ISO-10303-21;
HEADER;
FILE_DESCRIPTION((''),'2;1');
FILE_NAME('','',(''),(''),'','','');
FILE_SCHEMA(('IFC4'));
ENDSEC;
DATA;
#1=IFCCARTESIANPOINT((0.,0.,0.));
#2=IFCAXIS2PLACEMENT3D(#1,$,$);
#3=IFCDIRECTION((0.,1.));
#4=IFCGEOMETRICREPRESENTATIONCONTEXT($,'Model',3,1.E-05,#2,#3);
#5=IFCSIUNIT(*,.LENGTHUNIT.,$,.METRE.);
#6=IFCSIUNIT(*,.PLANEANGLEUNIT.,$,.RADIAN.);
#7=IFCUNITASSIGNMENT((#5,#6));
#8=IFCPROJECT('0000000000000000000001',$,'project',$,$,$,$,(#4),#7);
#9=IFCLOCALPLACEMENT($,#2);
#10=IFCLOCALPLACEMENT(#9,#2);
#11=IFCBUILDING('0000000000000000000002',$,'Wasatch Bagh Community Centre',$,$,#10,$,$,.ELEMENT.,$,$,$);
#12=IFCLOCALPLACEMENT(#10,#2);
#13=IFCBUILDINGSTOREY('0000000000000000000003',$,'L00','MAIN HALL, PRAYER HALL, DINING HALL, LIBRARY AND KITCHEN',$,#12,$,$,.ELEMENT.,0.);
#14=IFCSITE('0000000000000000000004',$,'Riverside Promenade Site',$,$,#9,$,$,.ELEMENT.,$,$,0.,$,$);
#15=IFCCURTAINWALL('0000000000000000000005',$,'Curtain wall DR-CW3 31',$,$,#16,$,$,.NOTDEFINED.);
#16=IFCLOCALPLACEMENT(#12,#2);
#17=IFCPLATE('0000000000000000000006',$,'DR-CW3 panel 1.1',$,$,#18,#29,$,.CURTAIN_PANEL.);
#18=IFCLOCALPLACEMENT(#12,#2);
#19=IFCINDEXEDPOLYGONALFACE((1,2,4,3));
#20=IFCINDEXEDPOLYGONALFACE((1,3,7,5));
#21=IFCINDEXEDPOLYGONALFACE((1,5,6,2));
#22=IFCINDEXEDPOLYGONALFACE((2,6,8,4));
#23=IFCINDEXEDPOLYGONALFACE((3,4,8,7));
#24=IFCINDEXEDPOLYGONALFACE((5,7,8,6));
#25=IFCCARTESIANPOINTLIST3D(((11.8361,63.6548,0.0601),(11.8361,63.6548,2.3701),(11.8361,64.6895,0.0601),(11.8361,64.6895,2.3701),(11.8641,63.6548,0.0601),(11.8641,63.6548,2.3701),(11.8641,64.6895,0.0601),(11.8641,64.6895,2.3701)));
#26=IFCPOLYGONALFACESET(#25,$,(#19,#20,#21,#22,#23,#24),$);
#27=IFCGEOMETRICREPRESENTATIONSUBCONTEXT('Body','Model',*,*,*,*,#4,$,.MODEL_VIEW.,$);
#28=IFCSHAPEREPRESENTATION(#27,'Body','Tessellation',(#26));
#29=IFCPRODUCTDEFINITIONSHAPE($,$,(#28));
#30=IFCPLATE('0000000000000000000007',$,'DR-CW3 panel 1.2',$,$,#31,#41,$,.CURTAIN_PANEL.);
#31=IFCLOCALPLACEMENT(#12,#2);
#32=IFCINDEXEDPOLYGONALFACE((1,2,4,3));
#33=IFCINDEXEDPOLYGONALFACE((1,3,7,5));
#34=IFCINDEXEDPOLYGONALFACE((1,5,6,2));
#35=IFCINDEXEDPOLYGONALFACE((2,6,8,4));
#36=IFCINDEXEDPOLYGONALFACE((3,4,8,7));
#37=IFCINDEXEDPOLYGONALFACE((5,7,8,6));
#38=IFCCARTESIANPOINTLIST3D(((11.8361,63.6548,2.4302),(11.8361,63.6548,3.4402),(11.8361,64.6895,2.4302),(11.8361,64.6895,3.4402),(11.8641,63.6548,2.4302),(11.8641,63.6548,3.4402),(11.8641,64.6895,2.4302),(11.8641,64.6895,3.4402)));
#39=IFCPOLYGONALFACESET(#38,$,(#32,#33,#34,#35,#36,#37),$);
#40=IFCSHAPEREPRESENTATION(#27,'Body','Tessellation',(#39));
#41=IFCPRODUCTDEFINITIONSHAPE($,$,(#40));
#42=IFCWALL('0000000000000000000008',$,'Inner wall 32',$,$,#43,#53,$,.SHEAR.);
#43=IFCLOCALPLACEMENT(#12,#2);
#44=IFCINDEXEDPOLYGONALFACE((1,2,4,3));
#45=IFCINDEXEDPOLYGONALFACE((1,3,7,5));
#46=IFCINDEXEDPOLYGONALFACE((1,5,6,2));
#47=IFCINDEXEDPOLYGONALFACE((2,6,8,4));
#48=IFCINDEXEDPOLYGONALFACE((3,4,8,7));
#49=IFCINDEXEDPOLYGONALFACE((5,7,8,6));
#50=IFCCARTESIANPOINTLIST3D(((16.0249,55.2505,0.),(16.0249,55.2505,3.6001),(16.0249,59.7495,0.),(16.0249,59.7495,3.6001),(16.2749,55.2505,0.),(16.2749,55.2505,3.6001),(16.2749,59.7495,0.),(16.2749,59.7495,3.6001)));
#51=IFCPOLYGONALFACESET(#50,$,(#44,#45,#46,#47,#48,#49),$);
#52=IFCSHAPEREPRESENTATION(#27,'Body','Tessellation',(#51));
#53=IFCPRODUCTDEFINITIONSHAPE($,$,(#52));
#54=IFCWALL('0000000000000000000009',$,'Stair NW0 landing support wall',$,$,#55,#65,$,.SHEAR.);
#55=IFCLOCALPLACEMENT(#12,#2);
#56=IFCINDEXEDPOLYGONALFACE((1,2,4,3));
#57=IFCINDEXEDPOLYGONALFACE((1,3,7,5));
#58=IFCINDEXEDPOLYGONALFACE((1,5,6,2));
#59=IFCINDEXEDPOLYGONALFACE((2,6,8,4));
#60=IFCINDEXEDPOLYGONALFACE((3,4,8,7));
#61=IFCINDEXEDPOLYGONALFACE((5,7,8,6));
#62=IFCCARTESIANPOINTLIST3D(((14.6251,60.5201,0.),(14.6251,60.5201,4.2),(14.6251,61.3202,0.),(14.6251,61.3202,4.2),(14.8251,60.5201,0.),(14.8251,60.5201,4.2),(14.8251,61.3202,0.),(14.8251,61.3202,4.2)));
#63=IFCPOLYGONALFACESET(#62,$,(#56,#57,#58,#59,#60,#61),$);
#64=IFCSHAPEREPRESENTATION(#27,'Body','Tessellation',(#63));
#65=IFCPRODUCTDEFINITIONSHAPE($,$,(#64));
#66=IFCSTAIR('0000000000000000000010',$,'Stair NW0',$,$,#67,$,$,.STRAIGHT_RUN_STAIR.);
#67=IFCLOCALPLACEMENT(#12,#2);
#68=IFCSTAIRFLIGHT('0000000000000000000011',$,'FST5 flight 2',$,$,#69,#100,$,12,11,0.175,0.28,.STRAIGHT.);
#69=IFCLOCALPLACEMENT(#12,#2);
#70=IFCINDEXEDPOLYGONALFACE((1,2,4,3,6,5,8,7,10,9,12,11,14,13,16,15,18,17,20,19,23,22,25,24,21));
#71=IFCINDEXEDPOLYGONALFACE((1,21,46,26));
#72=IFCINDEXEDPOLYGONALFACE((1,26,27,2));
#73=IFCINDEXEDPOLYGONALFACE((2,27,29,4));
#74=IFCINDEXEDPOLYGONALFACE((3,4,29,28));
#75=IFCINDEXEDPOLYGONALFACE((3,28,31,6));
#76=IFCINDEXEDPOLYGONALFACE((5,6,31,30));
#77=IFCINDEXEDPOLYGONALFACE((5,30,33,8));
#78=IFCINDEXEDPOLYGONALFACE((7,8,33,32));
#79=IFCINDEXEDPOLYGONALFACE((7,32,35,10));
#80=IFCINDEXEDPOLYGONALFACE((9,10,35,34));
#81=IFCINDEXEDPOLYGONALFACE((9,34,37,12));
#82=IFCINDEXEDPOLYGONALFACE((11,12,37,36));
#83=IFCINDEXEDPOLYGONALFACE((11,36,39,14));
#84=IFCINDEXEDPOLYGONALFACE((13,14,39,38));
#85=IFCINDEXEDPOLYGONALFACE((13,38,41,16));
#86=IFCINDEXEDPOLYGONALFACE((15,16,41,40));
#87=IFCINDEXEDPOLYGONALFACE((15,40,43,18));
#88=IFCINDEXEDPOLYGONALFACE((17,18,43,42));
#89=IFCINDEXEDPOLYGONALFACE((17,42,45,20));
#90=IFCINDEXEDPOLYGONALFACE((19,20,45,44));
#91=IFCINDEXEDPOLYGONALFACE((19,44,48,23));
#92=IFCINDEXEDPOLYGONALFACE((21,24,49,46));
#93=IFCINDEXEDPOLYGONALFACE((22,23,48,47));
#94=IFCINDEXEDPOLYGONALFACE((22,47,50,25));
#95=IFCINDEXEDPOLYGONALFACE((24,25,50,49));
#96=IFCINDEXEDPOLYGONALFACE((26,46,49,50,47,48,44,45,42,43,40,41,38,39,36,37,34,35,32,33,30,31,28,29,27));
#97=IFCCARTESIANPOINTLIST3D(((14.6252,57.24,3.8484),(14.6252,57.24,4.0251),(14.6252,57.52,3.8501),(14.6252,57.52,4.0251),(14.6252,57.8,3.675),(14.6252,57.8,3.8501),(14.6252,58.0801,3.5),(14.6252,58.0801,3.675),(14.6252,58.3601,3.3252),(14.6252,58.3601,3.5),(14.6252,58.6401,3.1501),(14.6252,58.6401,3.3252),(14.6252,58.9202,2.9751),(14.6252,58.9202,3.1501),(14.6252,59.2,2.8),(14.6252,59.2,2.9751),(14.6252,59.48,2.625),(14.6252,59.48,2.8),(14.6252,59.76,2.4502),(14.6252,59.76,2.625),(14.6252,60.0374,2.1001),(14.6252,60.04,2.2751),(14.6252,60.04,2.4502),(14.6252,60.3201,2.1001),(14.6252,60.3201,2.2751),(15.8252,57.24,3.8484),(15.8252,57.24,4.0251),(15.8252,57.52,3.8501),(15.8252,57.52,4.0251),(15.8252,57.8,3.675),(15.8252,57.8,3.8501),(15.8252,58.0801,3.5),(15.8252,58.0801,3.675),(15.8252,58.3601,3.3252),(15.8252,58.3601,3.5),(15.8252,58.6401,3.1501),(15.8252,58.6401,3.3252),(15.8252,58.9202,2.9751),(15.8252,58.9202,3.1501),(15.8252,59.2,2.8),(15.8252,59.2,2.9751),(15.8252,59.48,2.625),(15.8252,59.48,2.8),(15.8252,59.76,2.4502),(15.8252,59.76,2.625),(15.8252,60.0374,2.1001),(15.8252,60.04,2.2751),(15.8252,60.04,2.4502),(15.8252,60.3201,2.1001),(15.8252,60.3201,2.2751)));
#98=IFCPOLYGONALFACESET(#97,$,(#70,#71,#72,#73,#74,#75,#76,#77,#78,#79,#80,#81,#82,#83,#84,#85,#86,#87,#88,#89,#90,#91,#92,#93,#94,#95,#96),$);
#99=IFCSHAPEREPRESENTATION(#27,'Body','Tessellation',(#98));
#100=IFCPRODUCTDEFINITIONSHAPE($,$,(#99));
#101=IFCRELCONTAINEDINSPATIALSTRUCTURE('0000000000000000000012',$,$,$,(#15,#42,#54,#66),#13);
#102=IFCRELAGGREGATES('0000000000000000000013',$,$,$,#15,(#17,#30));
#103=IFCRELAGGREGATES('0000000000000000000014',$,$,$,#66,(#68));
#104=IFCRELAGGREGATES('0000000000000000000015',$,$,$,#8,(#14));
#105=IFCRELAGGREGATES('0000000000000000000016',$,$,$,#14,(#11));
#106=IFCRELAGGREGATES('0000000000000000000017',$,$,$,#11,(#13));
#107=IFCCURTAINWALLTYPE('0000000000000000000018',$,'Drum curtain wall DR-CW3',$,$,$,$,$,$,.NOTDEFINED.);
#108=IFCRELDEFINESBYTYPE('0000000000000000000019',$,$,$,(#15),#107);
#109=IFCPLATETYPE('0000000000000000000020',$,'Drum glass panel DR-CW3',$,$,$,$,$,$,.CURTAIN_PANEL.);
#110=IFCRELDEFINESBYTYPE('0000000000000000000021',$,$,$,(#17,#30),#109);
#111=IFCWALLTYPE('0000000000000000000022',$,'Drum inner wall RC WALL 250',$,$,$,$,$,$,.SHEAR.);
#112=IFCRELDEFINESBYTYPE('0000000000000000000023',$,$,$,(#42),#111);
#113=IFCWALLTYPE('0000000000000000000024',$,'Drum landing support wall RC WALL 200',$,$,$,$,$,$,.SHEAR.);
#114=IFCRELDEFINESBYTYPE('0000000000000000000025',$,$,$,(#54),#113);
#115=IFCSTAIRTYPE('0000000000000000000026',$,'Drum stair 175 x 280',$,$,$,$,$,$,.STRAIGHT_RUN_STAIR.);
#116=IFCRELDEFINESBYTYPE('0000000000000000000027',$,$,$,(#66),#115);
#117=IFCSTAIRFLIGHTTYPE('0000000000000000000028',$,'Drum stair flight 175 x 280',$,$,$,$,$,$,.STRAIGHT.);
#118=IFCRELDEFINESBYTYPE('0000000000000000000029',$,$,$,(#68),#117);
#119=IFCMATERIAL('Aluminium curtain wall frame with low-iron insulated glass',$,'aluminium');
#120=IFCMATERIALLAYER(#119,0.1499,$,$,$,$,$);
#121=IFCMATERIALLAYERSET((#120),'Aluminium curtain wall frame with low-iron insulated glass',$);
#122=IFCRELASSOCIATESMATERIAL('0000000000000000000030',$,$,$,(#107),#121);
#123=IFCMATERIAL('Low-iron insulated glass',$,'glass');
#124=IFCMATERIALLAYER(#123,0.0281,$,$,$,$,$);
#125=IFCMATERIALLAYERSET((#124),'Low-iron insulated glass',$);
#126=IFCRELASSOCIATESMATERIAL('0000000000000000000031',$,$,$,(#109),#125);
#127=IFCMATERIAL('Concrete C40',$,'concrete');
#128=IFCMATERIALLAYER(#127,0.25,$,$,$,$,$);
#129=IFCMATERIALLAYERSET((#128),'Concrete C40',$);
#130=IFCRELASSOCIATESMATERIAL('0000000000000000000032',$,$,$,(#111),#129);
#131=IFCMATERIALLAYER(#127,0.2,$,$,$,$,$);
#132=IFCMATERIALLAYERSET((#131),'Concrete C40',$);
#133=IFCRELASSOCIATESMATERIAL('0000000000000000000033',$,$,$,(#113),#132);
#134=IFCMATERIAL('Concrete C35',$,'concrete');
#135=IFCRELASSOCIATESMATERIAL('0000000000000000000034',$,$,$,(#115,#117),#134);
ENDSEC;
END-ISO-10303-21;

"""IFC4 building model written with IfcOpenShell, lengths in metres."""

from ifc_helpers import new_model, si_unit, direction, frame, frame_2d, origin, origin_2d, place, context, subcontext, project, spatial, polyline, rectangle, outline, extrude, material, layer, layer_set, type_object, element, aggregate, save


model = new_model("IFC4")

# Units and contexts
model_context = context("Model", 3, precision=1e-05, world=origin(), true_north=direction((0.0, 1.0)))
body_context = subcontext(model_context, "Body", "Model", "MODEL_VIEW")
ifc_project = project(units=[si_unit("LENGTHUNIT", "METRE"), si_unit("PLANEANGLEUNIT", "RADIAN")], contexts=[model_context])

# Site, building, storey
site_placement = place(None, origin())
site = spatial("IfcSite", under=ifc_project, at=site_placement, Name="Riverside Promenade Site", CompositionType="ELEMENT", RefElevation=0.0)
building_placement = place(site_placement, origin())
building = spatial("IfcBuilding", under=site, at=building_placement, Name="Wasatch Bagh Community Centre", CompositionType="ELEMENT")
storey_placement = place(building_placement, origin())
storey = spatial("IfcBuildingStorey", under=building, at=storey_placement, Name="L00", Description="MAIN HALL, PRAYER HALL, DINING HALL, LIBRARY AND KITCHEN", CompositionType="ELEMENT", Elevation=0.0)

# Shared definitions
ifc_material_1 = material(Name="Concrete C35", Category="concrete")

# Shared definitions
ifc_material_2 = material(Name="Concrete C40", Category="concrete")

# Curtain wall
ifc_material_3 = material(Name="Aluminium curtain wall frame with low-iron insulated glass", Category="aluminium")
ifc_layer_1 = layer(ifc_material_3, 0.1499)
ifc_layer_set_1 = layer_set([ifc_layer_1], Name="Aluminium curtain wall frame with low-iron insulated glass")
curtain_wall_type = type_object("IfcCurtainWallType", Name="Drum curtain wall DR-CW3", PredefinedType="NOTDEFINED", material=ifc_layer_set_1)
curtain_wall_placement = place(storey_placement, origin())
curtain_wall = element("IfcCurtainWall", 1, at=curtain_wall_placement, inside=storey, type_object=curtain_wall_type, Name="Curtain wall DR-CW3 31", PredefinedType="NOTDEFINED")

# Plates
ifc_material_4 = material(Name="Low-iron insulated glass", Category="glass")
ifc_layer_2 = layer(ifc_material_4, 0.0281)
ifc_layer_set_2 = layer_set([ifc_layer_2], Name="Low-iron insulated glass")
plate_type = type_object("IfcPlateType", Name="Drum glass panel DR-CW3", PredefinedType="CURTAIN_PANEL", material=ifc_layer_set_2)
plate_1_placement = place(storey_placement, frame((11.8501, 64.1721, 0.0601), z_axis=(0.0, 0.0, 1.0), x_axis=(0.0, -1.0, 0.0)))
plate_1 = element("IfcPlate", 2, at=plate_1_placement, type_object=plate_type, Name="DR-CW3 panel 1.1", PredefinedType="CURTAIN_PANEL", context=body_context, shape_type="SweptSolid", body=[
    extrude(rectangle(XDim=1.0347, YDim=0.0281, at=origin_2d()), origin(), (0.0, 0.0, 1.0), 2.3101),
])
plate_2_placement = place(storey_placement, frame((11.8501, 64.1721, 2.4302), z_axis=(0.0, 0.0, 1.0), x_axis=(0.0, -1.0, 0.0)))
plate_2 = element("IfcPlate", 3, at=plate_2_placement, type_object=plate_type, Name="DR-CW3 panel 1.2", PredefinedType="CURTAIN_PANEL", context=body_context, shape_type="SweptSolid", body=[
    extrude(rectangle(XDim=1.0347, YDim=0.0281, at=origin_2d()), origin(), (0.0, 0.0, 1.0), 1.01),
])
aggregate(curtain_wall, [plate_1, plate_2])

# Walls
ifc_layer_3 = layer(ifc_material_2, 0.25)
ifc_layer_set_3 = layer_set([ifc_layer_3], Name="Concrete C40")
wall_type_1 = type_object("IfcWallType", Name="Drum inner wall RC WALL 250", PredefinedType="SHEAR", material=ifc_layer_set_3)
wall_1_placement = place(storey_placement, frame((16.1499, 59.7495, 0.0), z_axis=(0.0, 0.0, 1.0), x_axis=(0.0, -1.0, 0.0)))
element("IfcWall", 4, at=wall_1_placement, inside=storey, type_object=wall_type_1, Name="Inner wall 32", PredefinedType="SHEAR", context=body_context, shape_type="SweptSolid", body=[
    extrude(rectangle(XDim=4.499, YDim=0.25, at=frame_2d((2.2495, 0.0))), origin(), (0.0, 0.0, 1.0), 3.6001),
])
ifc_layer_4 = layer(ifc_material_2, 0.2)
ifc_layer_set_4 = layer_set([ifc_layer_4], Name="Concrete C40")
wall_type_2 = type_object("IfcWallType", Name="Drum landing support wall RC WALL 200", PredefinedType="SHEAR", material=ifc_layer_set_4)
wall_2_placement = place(storey_placement, frame((14.7251, 61.3201, 0.0), z_axis=(0.0, 0.0, 1.0), x_axis=(0.0, -1.0, 0.0)))
element("IfcWall", 5, at=wall_2_placement, inside=storey, type_object=wall_type_2, Name="Stair NW0 landing support wall", PredefinedType="SHEAR", context=body_context, shape_type="SweptSolid", body=[
    extrude(rectangle(XDim=0.8, YDim=0.2, at=frame_2d((0.3999, 0.0))), origin(), (0.0, 0.0, 1.0), 4.2),
])

# Stair, stair flight
stair_type = type_object("IfcStairType", Name="Drum stair 175 x 280", PredefinedType="STRAIGHT_RUN_STAIR", material=ifc_material_1)
stair_placement = place(storey_placement, origin())
stair = element("IfcStair", 6, at=stair_placement, inside=storey, type_object=stair_type, Name="Stair NW0", PredefinedType="STRAIGHT_RUN_STAIR")
stair_flight_type = type_object("IfcStairFlightType", Name="Drum stair flight 175 x 280", PredefinedType="STRAIGHT", material=ifc_material_1)
stair_flight_placement = place(storey_placement, frame((15.2251, 60.3201, 2.1001), z_axis=(0.0, 0.0, 1.0), x_axis=(0.0, -1.0, 0.0)))
stair_flight = element("IfcStairFlight", 7, at=stair_flight_placement, type_object=stair_flight_type, Name="FST5 flight 2", NumberOfRisers=12, NumberOfTreads=11, PredefinedType="STRAIGHT", RiserHeight=0.175, TreadLength=0.28, context=body_context, shape_type="SweptSolid", body=[
    extrude(outline(polyline([(0.0, 0.0), (0.0, 0.175), (0.28, 0.175), (0.28, 0.3501), (0.5601, 0.3501), (0.5601, 0.5249), (0.8401, 0.5249), (0.8401, 0.7), (1.1201, 0.7), (1.1201, 0.875), (1.3999, 0.875), (1.3999, 1.05), (1.6799, 1.05), (1.6799, 1.2251), (1.96, 1.2251), (1.96, 1.3999), (2.24, 1.3999), (2.24, 1.575), (2.52, 1.575), (2.52, 1.75), (2.8, 1.75), (2.8, 1.925), (3.0801, 1.925), (3.0801, 2.1001), (3.0801, 1.7483), (0.2827, 0.0), (0.0, 0.0)])), frame((0.0, 0.6001, 0.0), z_axis=(0.0, -1.0, 0.0), x_axis=(1.0, 0.0, 0.0)), (0.0, 0.0, 1.0), 1.2),
])
aggregate(stair, [stair_flight])

save(model, "model.ifc")
